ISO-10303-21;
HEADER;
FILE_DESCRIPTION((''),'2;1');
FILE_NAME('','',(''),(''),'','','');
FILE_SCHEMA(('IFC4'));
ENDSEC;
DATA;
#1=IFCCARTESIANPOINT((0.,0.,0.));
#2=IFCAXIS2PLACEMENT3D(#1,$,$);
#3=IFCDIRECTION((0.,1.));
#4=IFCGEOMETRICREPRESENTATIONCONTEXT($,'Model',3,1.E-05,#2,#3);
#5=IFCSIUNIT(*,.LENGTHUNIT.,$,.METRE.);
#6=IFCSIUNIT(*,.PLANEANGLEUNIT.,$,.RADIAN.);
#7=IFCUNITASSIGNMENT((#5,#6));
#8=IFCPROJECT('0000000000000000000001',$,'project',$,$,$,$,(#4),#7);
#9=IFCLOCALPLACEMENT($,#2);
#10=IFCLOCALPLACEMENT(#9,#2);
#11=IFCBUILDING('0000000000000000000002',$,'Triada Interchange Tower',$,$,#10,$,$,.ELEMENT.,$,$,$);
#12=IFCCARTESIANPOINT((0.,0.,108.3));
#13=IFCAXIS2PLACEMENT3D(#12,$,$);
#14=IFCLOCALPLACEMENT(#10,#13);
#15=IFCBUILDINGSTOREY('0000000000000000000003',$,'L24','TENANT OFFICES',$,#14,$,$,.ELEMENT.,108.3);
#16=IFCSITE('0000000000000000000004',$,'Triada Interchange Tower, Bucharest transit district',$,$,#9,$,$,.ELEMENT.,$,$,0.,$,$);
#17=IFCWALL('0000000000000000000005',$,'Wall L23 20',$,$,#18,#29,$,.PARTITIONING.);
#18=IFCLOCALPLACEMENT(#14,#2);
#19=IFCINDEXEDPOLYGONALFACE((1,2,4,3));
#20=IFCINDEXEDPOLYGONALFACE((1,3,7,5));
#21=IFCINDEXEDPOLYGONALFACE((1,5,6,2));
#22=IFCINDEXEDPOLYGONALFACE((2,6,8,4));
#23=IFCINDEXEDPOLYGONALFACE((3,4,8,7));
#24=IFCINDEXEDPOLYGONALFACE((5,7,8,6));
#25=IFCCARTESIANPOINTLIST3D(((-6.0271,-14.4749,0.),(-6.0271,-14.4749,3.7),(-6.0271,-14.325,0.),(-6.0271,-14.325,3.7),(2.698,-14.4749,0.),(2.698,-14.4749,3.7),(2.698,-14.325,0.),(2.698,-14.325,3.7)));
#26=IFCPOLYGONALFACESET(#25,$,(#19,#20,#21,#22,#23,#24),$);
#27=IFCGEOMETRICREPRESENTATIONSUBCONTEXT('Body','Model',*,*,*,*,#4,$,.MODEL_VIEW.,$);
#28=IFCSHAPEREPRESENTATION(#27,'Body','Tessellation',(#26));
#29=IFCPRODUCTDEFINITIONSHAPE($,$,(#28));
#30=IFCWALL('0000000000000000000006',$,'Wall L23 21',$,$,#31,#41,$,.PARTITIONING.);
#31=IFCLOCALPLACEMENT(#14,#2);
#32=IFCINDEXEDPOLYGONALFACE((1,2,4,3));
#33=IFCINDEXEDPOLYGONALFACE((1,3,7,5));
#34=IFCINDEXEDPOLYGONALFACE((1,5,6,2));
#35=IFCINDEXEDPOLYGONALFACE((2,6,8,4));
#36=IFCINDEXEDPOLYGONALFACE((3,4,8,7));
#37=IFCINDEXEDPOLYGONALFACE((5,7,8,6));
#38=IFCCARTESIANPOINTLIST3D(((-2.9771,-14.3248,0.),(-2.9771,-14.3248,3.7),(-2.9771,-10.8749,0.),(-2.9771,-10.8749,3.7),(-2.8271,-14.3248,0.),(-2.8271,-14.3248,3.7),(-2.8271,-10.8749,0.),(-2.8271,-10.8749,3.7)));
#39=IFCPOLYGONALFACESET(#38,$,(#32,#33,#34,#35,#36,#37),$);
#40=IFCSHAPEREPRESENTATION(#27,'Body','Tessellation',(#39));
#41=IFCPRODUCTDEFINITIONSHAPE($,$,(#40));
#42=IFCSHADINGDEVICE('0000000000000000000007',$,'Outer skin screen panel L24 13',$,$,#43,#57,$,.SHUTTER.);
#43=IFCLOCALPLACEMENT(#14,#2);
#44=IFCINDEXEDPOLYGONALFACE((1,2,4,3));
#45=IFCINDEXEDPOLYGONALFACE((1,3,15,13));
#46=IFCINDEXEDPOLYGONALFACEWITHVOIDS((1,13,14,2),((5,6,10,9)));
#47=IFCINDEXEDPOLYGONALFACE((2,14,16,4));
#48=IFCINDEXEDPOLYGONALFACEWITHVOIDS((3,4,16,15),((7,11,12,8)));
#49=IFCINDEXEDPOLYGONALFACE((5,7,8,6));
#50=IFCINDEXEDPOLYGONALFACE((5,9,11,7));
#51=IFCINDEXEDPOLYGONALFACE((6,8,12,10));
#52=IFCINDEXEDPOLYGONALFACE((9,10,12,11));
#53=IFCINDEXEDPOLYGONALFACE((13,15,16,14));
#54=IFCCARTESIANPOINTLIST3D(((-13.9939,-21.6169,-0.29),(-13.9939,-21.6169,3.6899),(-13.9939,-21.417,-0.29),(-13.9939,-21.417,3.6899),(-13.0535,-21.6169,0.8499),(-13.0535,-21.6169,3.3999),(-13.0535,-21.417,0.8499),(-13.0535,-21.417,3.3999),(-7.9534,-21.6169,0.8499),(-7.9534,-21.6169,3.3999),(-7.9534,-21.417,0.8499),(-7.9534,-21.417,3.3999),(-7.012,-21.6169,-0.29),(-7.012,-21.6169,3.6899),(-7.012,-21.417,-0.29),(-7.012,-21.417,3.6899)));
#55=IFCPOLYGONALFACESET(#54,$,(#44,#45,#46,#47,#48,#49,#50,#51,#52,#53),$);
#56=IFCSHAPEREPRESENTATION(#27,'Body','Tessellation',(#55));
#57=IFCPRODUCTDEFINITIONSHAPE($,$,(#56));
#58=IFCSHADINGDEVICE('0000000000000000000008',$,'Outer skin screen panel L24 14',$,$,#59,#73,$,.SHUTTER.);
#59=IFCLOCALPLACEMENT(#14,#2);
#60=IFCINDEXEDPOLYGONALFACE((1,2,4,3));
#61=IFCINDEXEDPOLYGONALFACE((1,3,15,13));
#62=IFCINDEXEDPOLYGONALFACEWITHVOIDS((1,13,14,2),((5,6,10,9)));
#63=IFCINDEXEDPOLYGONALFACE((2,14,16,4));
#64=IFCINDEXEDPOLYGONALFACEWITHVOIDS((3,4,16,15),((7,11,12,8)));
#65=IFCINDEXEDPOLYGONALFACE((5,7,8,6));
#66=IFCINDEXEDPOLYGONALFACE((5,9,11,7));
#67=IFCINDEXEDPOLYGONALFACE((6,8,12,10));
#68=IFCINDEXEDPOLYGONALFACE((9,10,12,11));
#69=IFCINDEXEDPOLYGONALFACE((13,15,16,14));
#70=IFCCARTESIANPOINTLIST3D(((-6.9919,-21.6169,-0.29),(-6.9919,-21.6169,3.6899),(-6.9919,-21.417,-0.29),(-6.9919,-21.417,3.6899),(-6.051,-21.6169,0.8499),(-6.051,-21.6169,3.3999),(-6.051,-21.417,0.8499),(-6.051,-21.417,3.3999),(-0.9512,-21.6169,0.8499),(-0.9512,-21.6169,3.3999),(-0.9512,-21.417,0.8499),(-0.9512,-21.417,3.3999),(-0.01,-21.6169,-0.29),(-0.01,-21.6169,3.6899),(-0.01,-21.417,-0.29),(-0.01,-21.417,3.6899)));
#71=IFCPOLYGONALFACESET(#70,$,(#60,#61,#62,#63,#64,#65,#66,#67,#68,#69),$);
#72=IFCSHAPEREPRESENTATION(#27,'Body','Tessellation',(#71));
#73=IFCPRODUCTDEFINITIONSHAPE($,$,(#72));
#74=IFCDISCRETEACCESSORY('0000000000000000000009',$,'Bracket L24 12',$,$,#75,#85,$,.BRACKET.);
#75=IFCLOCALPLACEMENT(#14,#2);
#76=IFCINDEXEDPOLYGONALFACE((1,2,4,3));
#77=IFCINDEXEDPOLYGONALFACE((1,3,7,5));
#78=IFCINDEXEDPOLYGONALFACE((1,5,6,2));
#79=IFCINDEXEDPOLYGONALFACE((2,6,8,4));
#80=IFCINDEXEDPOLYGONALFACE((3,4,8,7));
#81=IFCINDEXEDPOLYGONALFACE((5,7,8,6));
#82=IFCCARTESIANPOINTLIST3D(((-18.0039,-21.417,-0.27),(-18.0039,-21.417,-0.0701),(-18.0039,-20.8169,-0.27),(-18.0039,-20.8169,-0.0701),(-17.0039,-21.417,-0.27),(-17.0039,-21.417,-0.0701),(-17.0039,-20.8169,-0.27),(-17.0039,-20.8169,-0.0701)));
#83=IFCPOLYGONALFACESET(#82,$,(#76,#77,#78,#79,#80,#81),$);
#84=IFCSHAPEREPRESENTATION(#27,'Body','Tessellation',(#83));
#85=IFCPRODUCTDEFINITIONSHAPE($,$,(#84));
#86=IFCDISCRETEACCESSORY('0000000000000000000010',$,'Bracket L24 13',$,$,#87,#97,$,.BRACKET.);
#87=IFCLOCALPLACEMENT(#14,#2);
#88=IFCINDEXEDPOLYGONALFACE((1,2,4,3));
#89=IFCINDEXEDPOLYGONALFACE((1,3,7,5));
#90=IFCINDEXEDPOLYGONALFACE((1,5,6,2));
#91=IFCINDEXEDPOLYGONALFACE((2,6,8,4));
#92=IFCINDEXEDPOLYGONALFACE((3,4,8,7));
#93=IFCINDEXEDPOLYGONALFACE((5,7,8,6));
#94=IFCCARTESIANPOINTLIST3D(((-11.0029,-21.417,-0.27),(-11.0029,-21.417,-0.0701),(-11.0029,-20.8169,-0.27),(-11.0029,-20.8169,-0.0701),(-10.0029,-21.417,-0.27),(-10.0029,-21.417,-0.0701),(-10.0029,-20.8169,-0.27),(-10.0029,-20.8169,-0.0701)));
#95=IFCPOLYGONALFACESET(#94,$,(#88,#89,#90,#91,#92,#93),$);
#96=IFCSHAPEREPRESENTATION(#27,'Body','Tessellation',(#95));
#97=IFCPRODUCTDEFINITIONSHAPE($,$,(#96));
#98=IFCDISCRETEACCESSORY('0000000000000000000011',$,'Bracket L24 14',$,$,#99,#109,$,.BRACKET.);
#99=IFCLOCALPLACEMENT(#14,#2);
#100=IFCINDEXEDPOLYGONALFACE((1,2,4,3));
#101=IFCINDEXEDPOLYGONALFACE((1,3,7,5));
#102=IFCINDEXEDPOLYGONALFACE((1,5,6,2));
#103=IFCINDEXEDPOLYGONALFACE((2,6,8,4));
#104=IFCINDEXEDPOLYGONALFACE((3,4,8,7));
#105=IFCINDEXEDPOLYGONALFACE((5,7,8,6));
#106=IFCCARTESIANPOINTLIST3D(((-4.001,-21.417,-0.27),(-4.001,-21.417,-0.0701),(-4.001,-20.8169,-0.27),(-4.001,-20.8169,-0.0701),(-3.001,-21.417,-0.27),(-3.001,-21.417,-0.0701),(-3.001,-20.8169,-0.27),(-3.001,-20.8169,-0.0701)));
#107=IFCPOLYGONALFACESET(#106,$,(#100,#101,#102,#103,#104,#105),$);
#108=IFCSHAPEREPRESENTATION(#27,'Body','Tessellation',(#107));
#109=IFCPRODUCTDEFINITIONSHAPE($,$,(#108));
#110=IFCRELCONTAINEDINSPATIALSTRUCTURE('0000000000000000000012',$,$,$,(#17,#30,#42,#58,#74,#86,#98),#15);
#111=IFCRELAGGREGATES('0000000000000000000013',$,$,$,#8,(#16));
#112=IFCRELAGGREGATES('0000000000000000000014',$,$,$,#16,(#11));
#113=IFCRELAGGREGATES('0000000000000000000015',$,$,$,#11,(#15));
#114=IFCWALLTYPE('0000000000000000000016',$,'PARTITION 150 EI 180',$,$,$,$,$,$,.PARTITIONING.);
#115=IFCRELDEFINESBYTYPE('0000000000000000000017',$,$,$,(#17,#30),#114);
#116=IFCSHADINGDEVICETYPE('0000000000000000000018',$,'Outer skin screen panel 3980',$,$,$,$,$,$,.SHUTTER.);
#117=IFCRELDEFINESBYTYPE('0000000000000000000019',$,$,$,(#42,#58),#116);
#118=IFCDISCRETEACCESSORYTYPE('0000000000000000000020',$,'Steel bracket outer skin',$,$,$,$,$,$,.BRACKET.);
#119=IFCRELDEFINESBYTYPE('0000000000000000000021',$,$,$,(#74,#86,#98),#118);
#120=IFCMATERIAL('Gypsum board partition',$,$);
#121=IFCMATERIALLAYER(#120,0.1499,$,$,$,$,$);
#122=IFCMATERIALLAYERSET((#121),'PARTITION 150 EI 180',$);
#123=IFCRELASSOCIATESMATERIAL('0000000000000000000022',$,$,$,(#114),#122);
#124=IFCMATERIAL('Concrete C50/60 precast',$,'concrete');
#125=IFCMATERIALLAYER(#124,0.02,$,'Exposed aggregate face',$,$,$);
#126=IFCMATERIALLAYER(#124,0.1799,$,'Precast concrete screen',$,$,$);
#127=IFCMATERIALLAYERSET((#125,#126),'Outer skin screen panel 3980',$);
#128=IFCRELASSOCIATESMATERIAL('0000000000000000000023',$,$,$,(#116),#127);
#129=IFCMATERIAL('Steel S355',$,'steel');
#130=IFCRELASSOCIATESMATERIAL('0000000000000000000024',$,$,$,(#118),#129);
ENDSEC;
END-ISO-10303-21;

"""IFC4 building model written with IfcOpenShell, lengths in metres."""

from ifc_helpers import new_model, si_unit, direction, frame, frame_2d, origin, origin_2d, place, context, subcontext, project, spatial, polyline, rectangle, outline, extrude, material, layer, layer_set, type_object, element, save


model = new_model("IFC4")

# Units and contexts
model_context = context("Model", 3, precision=1e-05, world=origin(), true_north=direction((0.0, 1.0)))
body_context = subcontext(model_context, "Body", "Model", "MODEL_VIEW")
ifc_project = project(units=[si_unit("LENGTHUNIT", "METRE"), si_unit("PLANEANGLEUNIT", "RADIAN")], contexts=[model_context])

# Site, building, storey
site_placement = place(None, origin())
site = spatial("IfcSite", under=ifc_project, at=site_placement, Name="Triada Interchange Tower, Bucharest transit district", CompositionType="ELEMENT", RefElevation=0.0)
building_placement = place(site_placement, origin())
building = spatial("IfcBuilding", under=site, at=building_placement, Name="Triada Interchange Tower", CompositionType="ELEMENT")
storey_placement = place(building_placement, frame((0.0, 0.0, 108.3)))
storey = spatial("IfcBuildingStorey", under=building, at=storey_placement, Name="L24", Description="TENANT OFFICES", CompositionType="ELEMENT", Elevation=108.3)

# Shared definitions
ifc_material_1 = material(Name="Gypsum board partition")
ifc_layer_1 = layer(ifc_material_1, 0.1499)
ifc_layer_set_1 = layer_set([ifc_layer_1], Name="PARTITION 150 EI 180")
wall_type = type_object("IfcWallType", Name="PARTITION 150 EI 180", PredefinedType="PARTITIONING", material=ifc_layer_set_1)

# Walls
wall_1_placement = place(storey_placement, frame((-6.0271, -14.3999, 0.0), z_axis=(0.0, 0.0, 1.0), x_axis=(1.0, 0.0, 0.0)))
element("IfcWall", 1, at=wall_1_placement, inside=storey, type_object=wall_type, Name="Wall L23 20", PredefinedType="PARTITIONING", context=body_context, shape_type="SweptSolid", body=[
    extrude(rectangle(XDim=8.7251, YDim=0.1499, at=frame_2d((4.3625, 0.0))), origin(), (0.0, 0.0, 1.0), 3.7),
])
wall_2_placement = place(storey_placement, frame((-2.9021, -14.325, 0.0), z_axis=(0.0, 0.0, 1.0), x_axis=(0.0, 1.0, 0.0)))
element("IfcWall", 2, at=wall_2_placement, inside=storey, type_object=wall_type, Name="Wall L23 21", PredefinedType="PARTITIONING", context=body_context, shape_type="SweptSolid", body=[
    extrude(rectangle(XDim=3.45, YDim=0.1499, at=frame_2d((1.7251, 0.0))), origin(), (0.0, 0.0, 1.0), 3.7),
])

# Shading devices
ifc_material_2 = material(Name="Concrete C50/60 precast", Category="concrete")
ifc_layer_2 = layer(ifc_material_2, 0.02, Name="Exposed aggregate face")
ifc_layer_3 = layer(ifc_material_2, 0.1799, Name="Precast concrete screen")
ifc_layer_set_2 = layer_set([ifc_layer_2, ifc_layer_3], Name="Outer skin screen panel 3980")
shading_device_type = type_object("IfcShadingDeviceType", Name="Outer skin screen panel 3980", PredefinedType="SHUTTER", material=ifc_layer_set_2)
shading_device_1_placement = place(storey_placement, frame((-13.9939, -21.417, -0.29), z_axis=(0.0, 0.0, 1.0), x_axis=(1.0, 0.0, 0.0)))
element("IfcShadingDevice", 3, at=shading_device_1_placement, inside=storey, type_object=shading_device_type, Name="Outer skin screen panel L24 13", PredefinedType="SHUTTER", context=body_context, shape_type="SweptSolid", body=[
    extrude(outline(polyline([(0.0, 0.0), (6.9819, 0.0), (6.9819, 3.98), (0.0, 3.98), (0.0, 0.0)]), holes=[polyline([(0.9404, 1.1399), (0.9404, 3.6899), (6.0405, 3.6899), (6.0405, 1.1399), (0.9404, 1.1399)])]), frame((0.0, 0.0, 0.0), z_axis=(0.0, -1.0, 0.0), x_axis=(1.0, 0.0, 0.0)), (0.0, 0.0, 1.0), 0.2),
])
shading_device_2_placement = place(storey_placement, frame((-6.9919, -21.417, -0.29), z_axis=(0.0, 0.0, 1.0), x_axis=(1.0, 0.0, 0.0)))
element("IfcShadingDevice", 4, at=shading_device_2_placement, inside=storey, type_object=shading_device_type, Name="Outer skin screen panel L24 14", PredefinedType="SHUTTER", context=body_context, shape_type="SweptSolid", body=[
    extrude(outline(polyline([(0.0, 0.0), (6.9819, 0.0), (6.9819, 3.98), (0.0, 3.98), (0.0, 0.0)]), holes=[polyline([(0.9409, 1.1399), (0.9409, 3.6899), (6.0408, 3.6899), (6.0408, 1.1399), (0.9409, 1.1399)])]), frame((0.0, 0.0, 0.0), z_axis=(0.0, -1.0, 0.0), x_axis=(1.0, 0.0, 0.0)), (0.0, 0.0, 1.0), 0.2),
])

# Discrete accessories
ifc_material_3 = material(Name="Steel S355", Category="steel")
discrete_accessory_type = type_object("IfcDiscreteAccessoryType", Name="Steel bracket outer skin", PredefinedType="BRACKET", material=ifc_material_3)
for number, where, z_axis, x_axis, name in (
    (5, (-17.5039, -21.1169, -0.27), (0.0, 0.0, 1.0), (0.0, -1.0, 0.0), "Bracket L24 12"),
    (6, (-10.5029, -21.1169, -0.27), (0.0, 0.0, 1.0), (0.0, -1.0, 0.0), "Bracket L24 13"),
    (7, (-3.501, -21.1169, -0.27), (0.0, 0.0, 1.0), (0.0, -1.0, 0.0), "Bracket L24 14"),
):
    element("IfcDiscreteAccessory", number, at=place(storey_placement, frame(where, z_axis=z_axis, x_axis=x_axis)), inside=storey, type_object=discrete_accessory_type, Name=name, PredefinedType="BRACKET", context=body_context, shape_type="SweptSolid", body=[
        extrude(rectangle(XDim=0.6001, YDim=1.0, at=origin_2d()), origin(), (0.0, 0.0, 1.0), 0.2),
    ])

save(model, "model.ifc")
